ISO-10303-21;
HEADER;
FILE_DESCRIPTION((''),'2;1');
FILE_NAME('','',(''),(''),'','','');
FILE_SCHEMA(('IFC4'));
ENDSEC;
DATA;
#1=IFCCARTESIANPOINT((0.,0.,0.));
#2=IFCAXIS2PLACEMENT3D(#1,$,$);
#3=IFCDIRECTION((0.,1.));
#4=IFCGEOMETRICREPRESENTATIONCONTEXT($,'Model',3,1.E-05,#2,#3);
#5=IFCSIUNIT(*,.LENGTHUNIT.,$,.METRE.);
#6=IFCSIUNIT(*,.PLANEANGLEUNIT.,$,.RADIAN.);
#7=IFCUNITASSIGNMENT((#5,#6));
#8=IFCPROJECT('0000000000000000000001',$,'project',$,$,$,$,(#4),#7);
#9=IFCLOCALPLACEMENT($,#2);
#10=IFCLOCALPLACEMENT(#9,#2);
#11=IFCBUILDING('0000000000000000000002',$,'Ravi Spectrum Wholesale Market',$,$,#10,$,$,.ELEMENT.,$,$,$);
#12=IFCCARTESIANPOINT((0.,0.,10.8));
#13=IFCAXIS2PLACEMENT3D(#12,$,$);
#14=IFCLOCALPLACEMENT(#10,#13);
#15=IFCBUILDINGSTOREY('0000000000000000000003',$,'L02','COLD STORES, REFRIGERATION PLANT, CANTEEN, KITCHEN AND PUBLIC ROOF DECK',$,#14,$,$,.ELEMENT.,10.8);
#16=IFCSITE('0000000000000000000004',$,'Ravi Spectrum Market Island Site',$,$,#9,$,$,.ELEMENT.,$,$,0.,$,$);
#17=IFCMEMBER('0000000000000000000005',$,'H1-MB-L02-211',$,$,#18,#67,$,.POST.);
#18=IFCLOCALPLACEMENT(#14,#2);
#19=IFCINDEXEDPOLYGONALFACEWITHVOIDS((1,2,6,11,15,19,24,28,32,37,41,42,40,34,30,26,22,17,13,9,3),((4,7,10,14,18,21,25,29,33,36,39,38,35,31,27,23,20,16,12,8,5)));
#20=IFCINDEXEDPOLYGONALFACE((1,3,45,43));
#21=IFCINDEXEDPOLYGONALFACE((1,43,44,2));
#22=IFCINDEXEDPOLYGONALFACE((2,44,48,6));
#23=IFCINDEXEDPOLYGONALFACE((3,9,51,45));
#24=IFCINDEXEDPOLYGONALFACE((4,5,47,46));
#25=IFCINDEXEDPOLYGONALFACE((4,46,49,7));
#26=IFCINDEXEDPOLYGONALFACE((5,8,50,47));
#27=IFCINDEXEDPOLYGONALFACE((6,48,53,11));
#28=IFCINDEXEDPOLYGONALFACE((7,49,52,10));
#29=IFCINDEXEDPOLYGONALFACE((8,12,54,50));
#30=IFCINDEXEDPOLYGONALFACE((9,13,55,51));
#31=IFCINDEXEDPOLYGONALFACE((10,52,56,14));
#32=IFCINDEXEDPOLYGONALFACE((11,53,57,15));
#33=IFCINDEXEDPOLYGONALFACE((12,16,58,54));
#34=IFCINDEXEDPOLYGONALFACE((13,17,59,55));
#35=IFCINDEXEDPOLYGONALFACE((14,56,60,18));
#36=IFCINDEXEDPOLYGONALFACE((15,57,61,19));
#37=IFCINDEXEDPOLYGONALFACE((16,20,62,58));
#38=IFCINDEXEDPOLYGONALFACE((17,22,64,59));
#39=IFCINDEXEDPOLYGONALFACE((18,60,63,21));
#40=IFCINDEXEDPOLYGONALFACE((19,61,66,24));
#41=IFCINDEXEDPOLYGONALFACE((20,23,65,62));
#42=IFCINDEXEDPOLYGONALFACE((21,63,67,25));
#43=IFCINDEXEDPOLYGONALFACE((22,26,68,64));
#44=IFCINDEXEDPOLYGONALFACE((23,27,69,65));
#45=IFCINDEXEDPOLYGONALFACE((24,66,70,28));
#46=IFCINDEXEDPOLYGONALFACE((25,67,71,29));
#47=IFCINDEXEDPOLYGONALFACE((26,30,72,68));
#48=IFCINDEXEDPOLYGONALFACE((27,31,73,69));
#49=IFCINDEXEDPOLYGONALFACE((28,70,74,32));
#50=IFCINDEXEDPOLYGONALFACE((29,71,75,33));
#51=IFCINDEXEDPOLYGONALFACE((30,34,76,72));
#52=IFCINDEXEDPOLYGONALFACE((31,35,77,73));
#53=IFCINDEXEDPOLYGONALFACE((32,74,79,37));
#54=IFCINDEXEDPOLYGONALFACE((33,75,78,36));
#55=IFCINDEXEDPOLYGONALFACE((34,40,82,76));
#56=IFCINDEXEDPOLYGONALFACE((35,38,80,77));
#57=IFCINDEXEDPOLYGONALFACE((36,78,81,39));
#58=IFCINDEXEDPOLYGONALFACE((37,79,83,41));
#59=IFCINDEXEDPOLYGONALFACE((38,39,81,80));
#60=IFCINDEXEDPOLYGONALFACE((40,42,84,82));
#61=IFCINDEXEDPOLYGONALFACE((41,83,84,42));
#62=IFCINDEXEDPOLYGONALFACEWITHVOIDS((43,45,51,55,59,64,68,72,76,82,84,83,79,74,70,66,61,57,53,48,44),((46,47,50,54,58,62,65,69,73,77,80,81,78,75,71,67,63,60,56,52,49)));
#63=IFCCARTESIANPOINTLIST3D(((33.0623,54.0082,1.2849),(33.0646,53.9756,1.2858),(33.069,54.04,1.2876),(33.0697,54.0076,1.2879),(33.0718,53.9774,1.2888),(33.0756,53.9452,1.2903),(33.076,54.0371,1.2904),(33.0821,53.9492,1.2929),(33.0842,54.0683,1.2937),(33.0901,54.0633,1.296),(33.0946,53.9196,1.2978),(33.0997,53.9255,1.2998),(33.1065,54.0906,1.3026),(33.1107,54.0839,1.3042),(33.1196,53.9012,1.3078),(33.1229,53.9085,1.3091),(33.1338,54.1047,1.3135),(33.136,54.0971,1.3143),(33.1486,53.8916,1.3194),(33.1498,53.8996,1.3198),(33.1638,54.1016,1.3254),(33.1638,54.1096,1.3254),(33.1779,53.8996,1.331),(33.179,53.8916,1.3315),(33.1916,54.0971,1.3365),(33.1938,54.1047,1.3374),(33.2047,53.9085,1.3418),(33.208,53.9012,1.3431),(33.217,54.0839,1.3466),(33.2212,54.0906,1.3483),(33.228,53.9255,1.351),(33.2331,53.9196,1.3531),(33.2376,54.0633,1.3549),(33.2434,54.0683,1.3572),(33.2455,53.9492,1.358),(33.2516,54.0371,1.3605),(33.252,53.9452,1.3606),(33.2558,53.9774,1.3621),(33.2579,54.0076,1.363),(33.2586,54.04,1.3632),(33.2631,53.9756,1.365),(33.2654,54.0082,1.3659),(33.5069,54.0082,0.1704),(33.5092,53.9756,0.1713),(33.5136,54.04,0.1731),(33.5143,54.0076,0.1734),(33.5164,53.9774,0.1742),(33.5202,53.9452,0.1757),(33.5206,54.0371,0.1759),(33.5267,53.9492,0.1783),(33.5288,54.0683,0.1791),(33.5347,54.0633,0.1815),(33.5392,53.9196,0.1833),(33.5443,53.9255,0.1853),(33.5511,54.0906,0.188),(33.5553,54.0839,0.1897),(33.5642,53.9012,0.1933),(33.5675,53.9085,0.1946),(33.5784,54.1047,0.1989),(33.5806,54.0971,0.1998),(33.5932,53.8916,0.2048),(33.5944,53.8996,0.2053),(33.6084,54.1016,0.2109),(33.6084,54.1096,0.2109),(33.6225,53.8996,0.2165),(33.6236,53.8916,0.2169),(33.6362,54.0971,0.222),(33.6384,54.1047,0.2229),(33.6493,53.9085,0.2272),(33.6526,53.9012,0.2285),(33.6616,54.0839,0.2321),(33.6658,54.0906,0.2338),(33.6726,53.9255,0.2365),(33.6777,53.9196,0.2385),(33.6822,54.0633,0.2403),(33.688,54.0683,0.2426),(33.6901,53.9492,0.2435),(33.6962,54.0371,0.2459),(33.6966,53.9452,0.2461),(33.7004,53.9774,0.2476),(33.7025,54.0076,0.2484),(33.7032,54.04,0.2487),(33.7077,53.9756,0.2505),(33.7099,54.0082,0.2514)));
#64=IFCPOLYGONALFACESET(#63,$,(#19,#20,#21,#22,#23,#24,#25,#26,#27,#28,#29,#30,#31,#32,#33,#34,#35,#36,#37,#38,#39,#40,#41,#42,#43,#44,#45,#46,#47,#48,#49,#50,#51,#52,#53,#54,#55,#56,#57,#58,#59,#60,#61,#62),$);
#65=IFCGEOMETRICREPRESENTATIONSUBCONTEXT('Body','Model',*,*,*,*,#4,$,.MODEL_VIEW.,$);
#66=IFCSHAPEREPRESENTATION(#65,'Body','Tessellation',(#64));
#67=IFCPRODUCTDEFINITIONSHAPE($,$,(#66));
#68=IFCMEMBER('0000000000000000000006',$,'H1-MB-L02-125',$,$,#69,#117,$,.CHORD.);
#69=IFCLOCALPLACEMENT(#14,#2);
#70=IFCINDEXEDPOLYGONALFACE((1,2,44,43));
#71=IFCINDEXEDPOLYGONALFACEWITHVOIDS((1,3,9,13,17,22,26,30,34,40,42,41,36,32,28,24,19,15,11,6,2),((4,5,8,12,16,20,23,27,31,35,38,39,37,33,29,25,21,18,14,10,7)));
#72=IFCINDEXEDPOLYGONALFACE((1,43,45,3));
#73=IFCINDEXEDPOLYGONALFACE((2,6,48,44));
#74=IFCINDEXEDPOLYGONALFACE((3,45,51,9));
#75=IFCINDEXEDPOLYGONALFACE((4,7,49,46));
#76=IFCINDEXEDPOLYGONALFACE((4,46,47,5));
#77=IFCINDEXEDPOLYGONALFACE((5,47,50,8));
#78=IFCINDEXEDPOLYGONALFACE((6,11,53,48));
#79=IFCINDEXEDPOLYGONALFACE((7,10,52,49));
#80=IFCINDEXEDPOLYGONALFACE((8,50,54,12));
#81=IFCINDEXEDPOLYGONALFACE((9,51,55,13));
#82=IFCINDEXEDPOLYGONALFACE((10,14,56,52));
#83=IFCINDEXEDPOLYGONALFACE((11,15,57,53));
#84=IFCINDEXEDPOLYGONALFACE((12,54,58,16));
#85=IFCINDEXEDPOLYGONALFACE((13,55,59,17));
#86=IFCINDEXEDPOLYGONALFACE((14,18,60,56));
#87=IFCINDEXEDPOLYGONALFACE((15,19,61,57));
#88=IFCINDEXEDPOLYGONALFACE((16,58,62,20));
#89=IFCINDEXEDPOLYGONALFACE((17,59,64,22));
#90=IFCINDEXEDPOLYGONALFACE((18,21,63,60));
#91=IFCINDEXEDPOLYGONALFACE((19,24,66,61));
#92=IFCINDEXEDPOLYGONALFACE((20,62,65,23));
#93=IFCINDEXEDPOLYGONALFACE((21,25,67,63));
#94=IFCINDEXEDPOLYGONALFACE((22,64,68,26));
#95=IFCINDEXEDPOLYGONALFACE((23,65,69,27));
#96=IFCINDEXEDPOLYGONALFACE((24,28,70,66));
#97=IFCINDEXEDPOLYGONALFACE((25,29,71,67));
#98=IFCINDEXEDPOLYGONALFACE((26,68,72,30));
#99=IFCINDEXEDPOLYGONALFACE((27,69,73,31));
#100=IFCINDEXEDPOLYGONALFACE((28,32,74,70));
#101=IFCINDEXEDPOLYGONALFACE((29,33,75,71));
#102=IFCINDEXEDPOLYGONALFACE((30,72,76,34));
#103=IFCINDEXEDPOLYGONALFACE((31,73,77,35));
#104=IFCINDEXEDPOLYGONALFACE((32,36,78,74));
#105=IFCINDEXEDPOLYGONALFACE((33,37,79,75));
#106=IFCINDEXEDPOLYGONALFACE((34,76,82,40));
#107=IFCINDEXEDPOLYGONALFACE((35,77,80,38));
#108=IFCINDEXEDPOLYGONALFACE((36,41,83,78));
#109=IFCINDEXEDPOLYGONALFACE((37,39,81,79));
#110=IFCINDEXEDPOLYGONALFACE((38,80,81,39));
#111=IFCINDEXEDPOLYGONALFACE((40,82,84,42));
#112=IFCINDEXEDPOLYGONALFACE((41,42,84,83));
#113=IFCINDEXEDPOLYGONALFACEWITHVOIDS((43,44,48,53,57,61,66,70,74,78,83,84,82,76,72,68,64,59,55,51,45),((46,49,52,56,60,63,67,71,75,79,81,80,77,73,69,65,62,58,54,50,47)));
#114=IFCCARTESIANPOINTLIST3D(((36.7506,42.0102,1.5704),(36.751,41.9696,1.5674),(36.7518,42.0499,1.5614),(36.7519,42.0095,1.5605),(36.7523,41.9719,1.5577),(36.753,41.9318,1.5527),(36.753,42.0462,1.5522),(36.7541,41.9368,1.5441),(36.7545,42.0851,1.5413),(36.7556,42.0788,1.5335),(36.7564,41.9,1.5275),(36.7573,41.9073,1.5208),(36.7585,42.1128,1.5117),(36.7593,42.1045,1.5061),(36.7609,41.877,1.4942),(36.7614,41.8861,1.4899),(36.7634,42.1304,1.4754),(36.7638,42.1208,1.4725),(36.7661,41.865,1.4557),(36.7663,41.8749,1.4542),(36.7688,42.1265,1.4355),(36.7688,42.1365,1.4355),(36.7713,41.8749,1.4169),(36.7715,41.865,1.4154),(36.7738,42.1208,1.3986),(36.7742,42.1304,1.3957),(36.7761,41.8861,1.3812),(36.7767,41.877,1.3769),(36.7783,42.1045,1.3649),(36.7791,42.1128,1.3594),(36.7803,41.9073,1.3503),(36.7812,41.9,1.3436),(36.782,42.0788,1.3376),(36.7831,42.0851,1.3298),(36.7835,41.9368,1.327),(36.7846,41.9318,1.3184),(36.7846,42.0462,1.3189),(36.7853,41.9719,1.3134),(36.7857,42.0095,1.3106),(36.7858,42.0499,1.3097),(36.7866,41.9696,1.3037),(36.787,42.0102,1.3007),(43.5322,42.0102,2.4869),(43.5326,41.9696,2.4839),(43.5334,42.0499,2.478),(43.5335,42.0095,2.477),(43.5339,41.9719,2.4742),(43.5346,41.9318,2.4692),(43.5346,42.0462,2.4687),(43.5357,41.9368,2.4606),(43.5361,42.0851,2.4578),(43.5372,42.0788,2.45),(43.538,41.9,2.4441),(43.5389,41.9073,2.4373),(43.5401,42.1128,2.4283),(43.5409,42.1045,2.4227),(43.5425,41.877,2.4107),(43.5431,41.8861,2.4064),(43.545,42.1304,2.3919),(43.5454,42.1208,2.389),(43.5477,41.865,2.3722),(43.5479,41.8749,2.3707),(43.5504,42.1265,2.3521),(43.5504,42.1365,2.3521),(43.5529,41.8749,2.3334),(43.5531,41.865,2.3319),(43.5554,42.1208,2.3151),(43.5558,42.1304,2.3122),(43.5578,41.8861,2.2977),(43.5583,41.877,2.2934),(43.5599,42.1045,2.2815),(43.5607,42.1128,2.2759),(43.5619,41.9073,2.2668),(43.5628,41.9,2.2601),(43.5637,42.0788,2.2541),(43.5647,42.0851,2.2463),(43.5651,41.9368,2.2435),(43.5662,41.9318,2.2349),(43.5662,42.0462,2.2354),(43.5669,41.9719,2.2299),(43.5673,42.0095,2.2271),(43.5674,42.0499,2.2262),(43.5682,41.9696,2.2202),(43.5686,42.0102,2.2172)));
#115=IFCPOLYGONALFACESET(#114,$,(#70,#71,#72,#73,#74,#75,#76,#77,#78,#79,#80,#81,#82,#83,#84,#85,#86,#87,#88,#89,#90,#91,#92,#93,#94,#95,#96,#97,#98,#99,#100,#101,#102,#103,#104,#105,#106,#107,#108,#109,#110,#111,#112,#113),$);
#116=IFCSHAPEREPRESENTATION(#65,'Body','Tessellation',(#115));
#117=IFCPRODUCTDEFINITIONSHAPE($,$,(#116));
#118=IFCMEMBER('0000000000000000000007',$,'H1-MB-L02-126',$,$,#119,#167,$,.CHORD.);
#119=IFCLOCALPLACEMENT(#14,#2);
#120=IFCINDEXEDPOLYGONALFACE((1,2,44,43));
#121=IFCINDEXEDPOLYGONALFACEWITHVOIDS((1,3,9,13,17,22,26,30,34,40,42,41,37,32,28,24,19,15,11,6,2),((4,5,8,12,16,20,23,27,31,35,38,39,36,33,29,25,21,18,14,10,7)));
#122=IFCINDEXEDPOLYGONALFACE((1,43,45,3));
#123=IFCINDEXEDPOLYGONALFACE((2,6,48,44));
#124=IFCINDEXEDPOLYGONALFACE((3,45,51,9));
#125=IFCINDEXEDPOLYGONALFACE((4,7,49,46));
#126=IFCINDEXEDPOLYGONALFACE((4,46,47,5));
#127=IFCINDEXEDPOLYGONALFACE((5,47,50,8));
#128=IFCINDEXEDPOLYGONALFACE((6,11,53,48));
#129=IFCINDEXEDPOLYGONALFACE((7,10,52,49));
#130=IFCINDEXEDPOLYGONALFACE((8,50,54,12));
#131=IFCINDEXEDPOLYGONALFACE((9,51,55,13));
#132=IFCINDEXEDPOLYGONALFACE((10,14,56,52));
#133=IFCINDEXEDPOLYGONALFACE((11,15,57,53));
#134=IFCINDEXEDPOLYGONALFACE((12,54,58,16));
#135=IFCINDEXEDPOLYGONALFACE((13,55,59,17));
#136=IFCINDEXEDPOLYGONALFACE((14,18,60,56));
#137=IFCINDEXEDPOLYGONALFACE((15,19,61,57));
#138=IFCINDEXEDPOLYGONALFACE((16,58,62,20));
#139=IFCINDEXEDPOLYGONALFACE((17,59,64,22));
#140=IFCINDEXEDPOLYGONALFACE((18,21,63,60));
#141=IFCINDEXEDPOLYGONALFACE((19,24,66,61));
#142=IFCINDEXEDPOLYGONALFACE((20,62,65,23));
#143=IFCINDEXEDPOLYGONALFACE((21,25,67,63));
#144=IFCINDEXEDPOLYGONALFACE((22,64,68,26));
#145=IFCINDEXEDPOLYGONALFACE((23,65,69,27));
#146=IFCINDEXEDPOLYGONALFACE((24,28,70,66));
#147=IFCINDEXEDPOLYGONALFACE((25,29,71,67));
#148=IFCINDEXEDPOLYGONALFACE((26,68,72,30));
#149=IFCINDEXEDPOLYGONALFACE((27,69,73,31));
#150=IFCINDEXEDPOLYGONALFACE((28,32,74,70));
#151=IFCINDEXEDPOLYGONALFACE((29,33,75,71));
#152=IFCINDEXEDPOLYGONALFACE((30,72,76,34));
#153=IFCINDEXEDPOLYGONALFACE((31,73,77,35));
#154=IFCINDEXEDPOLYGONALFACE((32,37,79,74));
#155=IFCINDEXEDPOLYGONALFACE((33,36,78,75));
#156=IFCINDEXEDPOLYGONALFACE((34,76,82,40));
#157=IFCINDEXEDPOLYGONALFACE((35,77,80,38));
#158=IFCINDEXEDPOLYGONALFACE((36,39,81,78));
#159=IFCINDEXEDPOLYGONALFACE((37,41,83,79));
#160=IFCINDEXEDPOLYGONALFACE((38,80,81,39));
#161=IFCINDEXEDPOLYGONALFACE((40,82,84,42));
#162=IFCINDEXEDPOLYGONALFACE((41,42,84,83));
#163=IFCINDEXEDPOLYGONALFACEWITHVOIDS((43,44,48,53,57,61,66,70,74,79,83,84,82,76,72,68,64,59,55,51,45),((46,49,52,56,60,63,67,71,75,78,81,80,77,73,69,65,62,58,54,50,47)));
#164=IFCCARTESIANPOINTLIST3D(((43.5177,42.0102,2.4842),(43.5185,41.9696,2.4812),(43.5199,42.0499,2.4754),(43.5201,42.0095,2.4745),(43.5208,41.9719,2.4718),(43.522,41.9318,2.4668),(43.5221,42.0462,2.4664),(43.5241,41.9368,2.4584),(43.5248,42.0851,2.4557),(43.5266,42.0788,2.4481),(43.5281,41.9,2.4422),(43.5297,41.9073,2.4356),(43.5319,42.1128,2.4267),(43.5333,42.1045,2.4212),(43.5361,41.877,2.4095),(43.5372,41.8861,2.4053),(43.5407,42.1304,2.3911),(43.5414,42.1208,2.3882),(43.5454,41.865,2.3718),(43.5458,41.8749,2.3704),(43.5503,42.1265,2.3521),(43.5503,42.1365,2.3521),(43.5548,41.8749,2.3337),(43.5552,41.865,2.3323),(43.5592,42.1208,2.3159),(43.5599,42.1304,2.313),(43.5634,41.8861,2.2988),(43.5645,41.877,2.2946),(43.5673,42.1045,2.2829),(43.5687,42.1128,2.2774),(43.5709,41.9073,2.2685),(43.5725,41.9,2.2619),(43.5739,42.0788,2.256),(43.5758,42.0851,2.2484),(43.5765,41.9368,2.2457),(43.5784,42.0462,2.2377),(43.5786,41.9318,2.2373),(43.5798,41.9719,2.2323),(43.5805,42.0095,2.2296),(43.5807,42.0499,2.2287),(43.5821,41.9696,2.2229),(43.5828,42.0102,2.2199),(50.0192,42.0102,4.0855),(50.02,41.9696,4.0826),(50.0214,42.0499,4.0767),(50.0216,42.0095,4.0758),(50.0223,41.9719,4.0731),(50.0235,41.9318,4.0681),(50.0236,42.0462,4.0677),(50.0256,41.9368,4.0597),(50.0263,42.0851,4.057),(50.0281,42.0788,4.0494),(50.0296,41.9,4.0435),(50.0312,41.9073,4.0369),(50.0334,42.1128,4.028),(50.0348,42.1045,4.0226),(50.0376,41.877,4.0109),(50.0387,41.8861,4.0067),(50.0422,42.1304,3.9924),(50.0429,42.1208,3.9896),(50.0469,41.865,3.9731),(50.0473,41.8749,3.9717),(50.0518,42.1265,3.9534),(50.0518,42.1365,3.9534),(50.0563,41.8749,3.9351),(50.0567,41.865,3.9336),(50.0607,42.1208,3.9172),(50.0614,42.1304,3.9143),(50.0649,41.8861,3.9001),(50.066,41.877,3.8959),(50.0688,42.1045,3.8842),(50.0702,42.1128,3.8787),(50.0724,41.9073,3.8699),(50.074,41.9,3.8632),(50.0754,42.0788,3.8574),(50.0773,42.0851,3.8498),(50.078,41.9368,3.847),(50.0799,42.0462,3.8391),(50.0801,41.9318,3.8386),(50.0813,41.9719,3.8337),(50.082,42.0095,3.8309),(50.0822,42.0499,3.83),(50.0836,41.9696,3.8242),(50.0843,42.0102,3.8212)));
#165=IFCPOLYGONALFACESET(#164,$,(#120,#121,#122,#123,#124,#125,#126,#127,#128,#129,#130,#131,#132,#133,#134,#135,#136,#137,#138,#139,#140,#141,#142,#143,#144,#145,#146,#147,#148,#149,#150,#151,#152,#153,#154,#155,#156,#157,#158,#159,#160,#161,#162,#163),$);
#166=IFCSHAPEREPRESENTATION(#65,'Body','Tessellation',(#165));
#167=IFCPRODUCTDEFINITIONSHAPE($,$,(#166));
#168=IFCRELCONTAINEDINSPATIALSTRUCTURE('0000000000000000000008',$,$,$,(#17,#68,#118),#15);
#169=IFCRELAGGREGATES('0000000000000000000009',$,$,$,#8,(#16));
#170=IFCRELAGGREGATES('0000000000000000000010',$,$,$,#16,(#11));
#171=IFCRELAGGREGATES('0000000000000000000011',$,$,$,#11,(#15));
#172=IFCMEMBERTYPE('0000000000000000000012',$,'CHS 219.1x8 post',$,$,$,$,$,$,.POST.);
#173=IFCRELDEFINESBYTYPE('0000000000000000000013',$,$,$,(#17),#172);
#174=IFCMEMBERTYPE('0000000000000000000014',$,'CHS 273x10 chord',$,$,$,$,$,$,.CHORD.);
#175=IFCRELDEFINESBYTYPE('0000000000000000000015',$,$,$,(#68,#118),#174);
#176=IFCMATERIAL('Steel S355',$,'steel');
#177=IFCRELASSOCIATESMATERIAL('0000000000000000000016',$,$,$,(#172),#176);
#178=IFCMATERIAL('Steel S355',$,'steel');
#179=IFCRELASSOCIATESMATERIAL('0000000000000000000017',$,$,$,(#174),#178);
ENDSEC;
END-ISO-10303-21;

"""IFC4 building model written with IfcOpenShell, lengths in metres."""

from ifc_helpers import new_model, si_unit, direction, frame, origin, origin_2d, place, context, subcontext, project, spatial, hollow_circle, extrude, material, material_profile, profile_set, type_object, element, save


model = new_model("IFC4")

# Units and contexts
model_context = context("Model", 3, precision=1e-05, world=origin(), true_north=direction((0.0, 1.0)))
body_context = subcontext(model_context, "Body", "Model", "MODEL_VIEW")
ifc_project = project(units=[si_unit("LENGTHUNIT", "METRE"), si_unit("PLANEANGLEUNIT", "RADIAN")], contexts=[model_context])

# Site, building, storey
site_placement = place(None, origin())
site = spatial("IfcSite", under=ifc_project, at=site_placement, Name="Ravi Spectrum Market Island Site", CompositionType="ELEMENT", RefElevation=0.0)
building_placement = place(site_placement, origin())
building = spatial("IfcBuilding", under=site, at=building_placement, Name="Ravi Spectrum Wholesale Market", CompositionType="ELEMENT")
storey_placement = place(building_placement, frame((0.0, 0.0, 10.8)))
storey = spatial("IfcBuildingStorey", under=building, at=storey_placement, Name="L02", Description="COLD STORES, REFRIGERATION PLANT, CANTEEN, KITCHEN AND PUBLIC ROOF DECK", CompositionType="ELEMENT", Elevation=10.8)

# Members
ifc_material_1 = material(Name="Steel S355", Category="steel")
ifc_material_profile_1 = material_profile(ifc_material_1, hollow_circle(Radius=0.1096, WallThickness=0.0081, at=origin_2d()))
ifc_profile_set_1 = profile_set([ifc_material_profile_1], Name="Steel S355")
member_type_1 = type_object("IfcMemberType", Name="CHS 219.1x8 post", PredefinedType="POST", material=ifc_profile_set_1)
member_1_placement = place(storey_placement, frame((33.1638, 54.0, 1.3254), z_axis=(0.370513, 0.0, -0.928827), x_axis=(0.0, 1.0, 0.0)))
element("IfcMember", 1, at=member_1_placement, inside=storey, type_object=member_type_1, Name="H1-MB-L02-211", PredefinedType="POST", context=body_context, shape_type="SweptSolid", body=[
    extrude(hollow_circle(Radius=0.1096, WallThickness=0.0081, at=origin_2d()), origin(), (0.0, 0.0, 1.0), 1.2),
])
ifc_material_2 = material(Name="Steel S355", Category="steel")
ifc_material_profile_2 = material_profile(ifc_material_2, hollow_circle(Radius=0.1365, WallThickness=0.01, at=origin_2d()))
ifc_profile_set_2 = profile_set([ifc_material_profile_2], Name="Steel S355")
member_type_2 = type_object("IfcMemberType", Name="CHS 273x10 chord", PredefinedType="CHORD", material=ifc_profile_set_2)
member_2_placement = place(storey_placement, frame((36.7688, 42.0, 1.4355), z_axis=(0.990991, 0.0, 0.13393), x_axis=(0.0, 1.0, 0.0)))
element("IfcMember", 2, at=member_2_placement, inside=storey, type_object=member_type_2, Name="H1-MB-L02-125", PredefinedType="CHORD", context=body_context, shape_type="SweptSolid", body=[
    extrude(hollow_circle(Radius=0.1365, WallThickness=0.01, at=origin_2d()), origin(), (0.0, 0.0, 1.0), 6.8433),
])
for number, where, z_axis, x_axis, name in (
    (3, (43.5503, 42.0, 2.3521), (0.970982, 0.0, 0.239154), (0.0, 1.0, 0.0), "H1-MB-L02-126"),
):
    element("IfcMember", number, at=place(storey_placement, frame(where, z_axis=z_axis, x_axis=x_axis)), inside=storey, type_object=member_type_2, Name=name, PredefinedType="CHORD", context=body_context, shape_type="SweptSolid", body=[
        extrude(hollow_circle(Radius=0.1365, WallThickness=0.01, at=origin_2d()), origin(), (0.0, 0.0, 1.0), 6.6958),
    ])

save(model, "model.ifc")
